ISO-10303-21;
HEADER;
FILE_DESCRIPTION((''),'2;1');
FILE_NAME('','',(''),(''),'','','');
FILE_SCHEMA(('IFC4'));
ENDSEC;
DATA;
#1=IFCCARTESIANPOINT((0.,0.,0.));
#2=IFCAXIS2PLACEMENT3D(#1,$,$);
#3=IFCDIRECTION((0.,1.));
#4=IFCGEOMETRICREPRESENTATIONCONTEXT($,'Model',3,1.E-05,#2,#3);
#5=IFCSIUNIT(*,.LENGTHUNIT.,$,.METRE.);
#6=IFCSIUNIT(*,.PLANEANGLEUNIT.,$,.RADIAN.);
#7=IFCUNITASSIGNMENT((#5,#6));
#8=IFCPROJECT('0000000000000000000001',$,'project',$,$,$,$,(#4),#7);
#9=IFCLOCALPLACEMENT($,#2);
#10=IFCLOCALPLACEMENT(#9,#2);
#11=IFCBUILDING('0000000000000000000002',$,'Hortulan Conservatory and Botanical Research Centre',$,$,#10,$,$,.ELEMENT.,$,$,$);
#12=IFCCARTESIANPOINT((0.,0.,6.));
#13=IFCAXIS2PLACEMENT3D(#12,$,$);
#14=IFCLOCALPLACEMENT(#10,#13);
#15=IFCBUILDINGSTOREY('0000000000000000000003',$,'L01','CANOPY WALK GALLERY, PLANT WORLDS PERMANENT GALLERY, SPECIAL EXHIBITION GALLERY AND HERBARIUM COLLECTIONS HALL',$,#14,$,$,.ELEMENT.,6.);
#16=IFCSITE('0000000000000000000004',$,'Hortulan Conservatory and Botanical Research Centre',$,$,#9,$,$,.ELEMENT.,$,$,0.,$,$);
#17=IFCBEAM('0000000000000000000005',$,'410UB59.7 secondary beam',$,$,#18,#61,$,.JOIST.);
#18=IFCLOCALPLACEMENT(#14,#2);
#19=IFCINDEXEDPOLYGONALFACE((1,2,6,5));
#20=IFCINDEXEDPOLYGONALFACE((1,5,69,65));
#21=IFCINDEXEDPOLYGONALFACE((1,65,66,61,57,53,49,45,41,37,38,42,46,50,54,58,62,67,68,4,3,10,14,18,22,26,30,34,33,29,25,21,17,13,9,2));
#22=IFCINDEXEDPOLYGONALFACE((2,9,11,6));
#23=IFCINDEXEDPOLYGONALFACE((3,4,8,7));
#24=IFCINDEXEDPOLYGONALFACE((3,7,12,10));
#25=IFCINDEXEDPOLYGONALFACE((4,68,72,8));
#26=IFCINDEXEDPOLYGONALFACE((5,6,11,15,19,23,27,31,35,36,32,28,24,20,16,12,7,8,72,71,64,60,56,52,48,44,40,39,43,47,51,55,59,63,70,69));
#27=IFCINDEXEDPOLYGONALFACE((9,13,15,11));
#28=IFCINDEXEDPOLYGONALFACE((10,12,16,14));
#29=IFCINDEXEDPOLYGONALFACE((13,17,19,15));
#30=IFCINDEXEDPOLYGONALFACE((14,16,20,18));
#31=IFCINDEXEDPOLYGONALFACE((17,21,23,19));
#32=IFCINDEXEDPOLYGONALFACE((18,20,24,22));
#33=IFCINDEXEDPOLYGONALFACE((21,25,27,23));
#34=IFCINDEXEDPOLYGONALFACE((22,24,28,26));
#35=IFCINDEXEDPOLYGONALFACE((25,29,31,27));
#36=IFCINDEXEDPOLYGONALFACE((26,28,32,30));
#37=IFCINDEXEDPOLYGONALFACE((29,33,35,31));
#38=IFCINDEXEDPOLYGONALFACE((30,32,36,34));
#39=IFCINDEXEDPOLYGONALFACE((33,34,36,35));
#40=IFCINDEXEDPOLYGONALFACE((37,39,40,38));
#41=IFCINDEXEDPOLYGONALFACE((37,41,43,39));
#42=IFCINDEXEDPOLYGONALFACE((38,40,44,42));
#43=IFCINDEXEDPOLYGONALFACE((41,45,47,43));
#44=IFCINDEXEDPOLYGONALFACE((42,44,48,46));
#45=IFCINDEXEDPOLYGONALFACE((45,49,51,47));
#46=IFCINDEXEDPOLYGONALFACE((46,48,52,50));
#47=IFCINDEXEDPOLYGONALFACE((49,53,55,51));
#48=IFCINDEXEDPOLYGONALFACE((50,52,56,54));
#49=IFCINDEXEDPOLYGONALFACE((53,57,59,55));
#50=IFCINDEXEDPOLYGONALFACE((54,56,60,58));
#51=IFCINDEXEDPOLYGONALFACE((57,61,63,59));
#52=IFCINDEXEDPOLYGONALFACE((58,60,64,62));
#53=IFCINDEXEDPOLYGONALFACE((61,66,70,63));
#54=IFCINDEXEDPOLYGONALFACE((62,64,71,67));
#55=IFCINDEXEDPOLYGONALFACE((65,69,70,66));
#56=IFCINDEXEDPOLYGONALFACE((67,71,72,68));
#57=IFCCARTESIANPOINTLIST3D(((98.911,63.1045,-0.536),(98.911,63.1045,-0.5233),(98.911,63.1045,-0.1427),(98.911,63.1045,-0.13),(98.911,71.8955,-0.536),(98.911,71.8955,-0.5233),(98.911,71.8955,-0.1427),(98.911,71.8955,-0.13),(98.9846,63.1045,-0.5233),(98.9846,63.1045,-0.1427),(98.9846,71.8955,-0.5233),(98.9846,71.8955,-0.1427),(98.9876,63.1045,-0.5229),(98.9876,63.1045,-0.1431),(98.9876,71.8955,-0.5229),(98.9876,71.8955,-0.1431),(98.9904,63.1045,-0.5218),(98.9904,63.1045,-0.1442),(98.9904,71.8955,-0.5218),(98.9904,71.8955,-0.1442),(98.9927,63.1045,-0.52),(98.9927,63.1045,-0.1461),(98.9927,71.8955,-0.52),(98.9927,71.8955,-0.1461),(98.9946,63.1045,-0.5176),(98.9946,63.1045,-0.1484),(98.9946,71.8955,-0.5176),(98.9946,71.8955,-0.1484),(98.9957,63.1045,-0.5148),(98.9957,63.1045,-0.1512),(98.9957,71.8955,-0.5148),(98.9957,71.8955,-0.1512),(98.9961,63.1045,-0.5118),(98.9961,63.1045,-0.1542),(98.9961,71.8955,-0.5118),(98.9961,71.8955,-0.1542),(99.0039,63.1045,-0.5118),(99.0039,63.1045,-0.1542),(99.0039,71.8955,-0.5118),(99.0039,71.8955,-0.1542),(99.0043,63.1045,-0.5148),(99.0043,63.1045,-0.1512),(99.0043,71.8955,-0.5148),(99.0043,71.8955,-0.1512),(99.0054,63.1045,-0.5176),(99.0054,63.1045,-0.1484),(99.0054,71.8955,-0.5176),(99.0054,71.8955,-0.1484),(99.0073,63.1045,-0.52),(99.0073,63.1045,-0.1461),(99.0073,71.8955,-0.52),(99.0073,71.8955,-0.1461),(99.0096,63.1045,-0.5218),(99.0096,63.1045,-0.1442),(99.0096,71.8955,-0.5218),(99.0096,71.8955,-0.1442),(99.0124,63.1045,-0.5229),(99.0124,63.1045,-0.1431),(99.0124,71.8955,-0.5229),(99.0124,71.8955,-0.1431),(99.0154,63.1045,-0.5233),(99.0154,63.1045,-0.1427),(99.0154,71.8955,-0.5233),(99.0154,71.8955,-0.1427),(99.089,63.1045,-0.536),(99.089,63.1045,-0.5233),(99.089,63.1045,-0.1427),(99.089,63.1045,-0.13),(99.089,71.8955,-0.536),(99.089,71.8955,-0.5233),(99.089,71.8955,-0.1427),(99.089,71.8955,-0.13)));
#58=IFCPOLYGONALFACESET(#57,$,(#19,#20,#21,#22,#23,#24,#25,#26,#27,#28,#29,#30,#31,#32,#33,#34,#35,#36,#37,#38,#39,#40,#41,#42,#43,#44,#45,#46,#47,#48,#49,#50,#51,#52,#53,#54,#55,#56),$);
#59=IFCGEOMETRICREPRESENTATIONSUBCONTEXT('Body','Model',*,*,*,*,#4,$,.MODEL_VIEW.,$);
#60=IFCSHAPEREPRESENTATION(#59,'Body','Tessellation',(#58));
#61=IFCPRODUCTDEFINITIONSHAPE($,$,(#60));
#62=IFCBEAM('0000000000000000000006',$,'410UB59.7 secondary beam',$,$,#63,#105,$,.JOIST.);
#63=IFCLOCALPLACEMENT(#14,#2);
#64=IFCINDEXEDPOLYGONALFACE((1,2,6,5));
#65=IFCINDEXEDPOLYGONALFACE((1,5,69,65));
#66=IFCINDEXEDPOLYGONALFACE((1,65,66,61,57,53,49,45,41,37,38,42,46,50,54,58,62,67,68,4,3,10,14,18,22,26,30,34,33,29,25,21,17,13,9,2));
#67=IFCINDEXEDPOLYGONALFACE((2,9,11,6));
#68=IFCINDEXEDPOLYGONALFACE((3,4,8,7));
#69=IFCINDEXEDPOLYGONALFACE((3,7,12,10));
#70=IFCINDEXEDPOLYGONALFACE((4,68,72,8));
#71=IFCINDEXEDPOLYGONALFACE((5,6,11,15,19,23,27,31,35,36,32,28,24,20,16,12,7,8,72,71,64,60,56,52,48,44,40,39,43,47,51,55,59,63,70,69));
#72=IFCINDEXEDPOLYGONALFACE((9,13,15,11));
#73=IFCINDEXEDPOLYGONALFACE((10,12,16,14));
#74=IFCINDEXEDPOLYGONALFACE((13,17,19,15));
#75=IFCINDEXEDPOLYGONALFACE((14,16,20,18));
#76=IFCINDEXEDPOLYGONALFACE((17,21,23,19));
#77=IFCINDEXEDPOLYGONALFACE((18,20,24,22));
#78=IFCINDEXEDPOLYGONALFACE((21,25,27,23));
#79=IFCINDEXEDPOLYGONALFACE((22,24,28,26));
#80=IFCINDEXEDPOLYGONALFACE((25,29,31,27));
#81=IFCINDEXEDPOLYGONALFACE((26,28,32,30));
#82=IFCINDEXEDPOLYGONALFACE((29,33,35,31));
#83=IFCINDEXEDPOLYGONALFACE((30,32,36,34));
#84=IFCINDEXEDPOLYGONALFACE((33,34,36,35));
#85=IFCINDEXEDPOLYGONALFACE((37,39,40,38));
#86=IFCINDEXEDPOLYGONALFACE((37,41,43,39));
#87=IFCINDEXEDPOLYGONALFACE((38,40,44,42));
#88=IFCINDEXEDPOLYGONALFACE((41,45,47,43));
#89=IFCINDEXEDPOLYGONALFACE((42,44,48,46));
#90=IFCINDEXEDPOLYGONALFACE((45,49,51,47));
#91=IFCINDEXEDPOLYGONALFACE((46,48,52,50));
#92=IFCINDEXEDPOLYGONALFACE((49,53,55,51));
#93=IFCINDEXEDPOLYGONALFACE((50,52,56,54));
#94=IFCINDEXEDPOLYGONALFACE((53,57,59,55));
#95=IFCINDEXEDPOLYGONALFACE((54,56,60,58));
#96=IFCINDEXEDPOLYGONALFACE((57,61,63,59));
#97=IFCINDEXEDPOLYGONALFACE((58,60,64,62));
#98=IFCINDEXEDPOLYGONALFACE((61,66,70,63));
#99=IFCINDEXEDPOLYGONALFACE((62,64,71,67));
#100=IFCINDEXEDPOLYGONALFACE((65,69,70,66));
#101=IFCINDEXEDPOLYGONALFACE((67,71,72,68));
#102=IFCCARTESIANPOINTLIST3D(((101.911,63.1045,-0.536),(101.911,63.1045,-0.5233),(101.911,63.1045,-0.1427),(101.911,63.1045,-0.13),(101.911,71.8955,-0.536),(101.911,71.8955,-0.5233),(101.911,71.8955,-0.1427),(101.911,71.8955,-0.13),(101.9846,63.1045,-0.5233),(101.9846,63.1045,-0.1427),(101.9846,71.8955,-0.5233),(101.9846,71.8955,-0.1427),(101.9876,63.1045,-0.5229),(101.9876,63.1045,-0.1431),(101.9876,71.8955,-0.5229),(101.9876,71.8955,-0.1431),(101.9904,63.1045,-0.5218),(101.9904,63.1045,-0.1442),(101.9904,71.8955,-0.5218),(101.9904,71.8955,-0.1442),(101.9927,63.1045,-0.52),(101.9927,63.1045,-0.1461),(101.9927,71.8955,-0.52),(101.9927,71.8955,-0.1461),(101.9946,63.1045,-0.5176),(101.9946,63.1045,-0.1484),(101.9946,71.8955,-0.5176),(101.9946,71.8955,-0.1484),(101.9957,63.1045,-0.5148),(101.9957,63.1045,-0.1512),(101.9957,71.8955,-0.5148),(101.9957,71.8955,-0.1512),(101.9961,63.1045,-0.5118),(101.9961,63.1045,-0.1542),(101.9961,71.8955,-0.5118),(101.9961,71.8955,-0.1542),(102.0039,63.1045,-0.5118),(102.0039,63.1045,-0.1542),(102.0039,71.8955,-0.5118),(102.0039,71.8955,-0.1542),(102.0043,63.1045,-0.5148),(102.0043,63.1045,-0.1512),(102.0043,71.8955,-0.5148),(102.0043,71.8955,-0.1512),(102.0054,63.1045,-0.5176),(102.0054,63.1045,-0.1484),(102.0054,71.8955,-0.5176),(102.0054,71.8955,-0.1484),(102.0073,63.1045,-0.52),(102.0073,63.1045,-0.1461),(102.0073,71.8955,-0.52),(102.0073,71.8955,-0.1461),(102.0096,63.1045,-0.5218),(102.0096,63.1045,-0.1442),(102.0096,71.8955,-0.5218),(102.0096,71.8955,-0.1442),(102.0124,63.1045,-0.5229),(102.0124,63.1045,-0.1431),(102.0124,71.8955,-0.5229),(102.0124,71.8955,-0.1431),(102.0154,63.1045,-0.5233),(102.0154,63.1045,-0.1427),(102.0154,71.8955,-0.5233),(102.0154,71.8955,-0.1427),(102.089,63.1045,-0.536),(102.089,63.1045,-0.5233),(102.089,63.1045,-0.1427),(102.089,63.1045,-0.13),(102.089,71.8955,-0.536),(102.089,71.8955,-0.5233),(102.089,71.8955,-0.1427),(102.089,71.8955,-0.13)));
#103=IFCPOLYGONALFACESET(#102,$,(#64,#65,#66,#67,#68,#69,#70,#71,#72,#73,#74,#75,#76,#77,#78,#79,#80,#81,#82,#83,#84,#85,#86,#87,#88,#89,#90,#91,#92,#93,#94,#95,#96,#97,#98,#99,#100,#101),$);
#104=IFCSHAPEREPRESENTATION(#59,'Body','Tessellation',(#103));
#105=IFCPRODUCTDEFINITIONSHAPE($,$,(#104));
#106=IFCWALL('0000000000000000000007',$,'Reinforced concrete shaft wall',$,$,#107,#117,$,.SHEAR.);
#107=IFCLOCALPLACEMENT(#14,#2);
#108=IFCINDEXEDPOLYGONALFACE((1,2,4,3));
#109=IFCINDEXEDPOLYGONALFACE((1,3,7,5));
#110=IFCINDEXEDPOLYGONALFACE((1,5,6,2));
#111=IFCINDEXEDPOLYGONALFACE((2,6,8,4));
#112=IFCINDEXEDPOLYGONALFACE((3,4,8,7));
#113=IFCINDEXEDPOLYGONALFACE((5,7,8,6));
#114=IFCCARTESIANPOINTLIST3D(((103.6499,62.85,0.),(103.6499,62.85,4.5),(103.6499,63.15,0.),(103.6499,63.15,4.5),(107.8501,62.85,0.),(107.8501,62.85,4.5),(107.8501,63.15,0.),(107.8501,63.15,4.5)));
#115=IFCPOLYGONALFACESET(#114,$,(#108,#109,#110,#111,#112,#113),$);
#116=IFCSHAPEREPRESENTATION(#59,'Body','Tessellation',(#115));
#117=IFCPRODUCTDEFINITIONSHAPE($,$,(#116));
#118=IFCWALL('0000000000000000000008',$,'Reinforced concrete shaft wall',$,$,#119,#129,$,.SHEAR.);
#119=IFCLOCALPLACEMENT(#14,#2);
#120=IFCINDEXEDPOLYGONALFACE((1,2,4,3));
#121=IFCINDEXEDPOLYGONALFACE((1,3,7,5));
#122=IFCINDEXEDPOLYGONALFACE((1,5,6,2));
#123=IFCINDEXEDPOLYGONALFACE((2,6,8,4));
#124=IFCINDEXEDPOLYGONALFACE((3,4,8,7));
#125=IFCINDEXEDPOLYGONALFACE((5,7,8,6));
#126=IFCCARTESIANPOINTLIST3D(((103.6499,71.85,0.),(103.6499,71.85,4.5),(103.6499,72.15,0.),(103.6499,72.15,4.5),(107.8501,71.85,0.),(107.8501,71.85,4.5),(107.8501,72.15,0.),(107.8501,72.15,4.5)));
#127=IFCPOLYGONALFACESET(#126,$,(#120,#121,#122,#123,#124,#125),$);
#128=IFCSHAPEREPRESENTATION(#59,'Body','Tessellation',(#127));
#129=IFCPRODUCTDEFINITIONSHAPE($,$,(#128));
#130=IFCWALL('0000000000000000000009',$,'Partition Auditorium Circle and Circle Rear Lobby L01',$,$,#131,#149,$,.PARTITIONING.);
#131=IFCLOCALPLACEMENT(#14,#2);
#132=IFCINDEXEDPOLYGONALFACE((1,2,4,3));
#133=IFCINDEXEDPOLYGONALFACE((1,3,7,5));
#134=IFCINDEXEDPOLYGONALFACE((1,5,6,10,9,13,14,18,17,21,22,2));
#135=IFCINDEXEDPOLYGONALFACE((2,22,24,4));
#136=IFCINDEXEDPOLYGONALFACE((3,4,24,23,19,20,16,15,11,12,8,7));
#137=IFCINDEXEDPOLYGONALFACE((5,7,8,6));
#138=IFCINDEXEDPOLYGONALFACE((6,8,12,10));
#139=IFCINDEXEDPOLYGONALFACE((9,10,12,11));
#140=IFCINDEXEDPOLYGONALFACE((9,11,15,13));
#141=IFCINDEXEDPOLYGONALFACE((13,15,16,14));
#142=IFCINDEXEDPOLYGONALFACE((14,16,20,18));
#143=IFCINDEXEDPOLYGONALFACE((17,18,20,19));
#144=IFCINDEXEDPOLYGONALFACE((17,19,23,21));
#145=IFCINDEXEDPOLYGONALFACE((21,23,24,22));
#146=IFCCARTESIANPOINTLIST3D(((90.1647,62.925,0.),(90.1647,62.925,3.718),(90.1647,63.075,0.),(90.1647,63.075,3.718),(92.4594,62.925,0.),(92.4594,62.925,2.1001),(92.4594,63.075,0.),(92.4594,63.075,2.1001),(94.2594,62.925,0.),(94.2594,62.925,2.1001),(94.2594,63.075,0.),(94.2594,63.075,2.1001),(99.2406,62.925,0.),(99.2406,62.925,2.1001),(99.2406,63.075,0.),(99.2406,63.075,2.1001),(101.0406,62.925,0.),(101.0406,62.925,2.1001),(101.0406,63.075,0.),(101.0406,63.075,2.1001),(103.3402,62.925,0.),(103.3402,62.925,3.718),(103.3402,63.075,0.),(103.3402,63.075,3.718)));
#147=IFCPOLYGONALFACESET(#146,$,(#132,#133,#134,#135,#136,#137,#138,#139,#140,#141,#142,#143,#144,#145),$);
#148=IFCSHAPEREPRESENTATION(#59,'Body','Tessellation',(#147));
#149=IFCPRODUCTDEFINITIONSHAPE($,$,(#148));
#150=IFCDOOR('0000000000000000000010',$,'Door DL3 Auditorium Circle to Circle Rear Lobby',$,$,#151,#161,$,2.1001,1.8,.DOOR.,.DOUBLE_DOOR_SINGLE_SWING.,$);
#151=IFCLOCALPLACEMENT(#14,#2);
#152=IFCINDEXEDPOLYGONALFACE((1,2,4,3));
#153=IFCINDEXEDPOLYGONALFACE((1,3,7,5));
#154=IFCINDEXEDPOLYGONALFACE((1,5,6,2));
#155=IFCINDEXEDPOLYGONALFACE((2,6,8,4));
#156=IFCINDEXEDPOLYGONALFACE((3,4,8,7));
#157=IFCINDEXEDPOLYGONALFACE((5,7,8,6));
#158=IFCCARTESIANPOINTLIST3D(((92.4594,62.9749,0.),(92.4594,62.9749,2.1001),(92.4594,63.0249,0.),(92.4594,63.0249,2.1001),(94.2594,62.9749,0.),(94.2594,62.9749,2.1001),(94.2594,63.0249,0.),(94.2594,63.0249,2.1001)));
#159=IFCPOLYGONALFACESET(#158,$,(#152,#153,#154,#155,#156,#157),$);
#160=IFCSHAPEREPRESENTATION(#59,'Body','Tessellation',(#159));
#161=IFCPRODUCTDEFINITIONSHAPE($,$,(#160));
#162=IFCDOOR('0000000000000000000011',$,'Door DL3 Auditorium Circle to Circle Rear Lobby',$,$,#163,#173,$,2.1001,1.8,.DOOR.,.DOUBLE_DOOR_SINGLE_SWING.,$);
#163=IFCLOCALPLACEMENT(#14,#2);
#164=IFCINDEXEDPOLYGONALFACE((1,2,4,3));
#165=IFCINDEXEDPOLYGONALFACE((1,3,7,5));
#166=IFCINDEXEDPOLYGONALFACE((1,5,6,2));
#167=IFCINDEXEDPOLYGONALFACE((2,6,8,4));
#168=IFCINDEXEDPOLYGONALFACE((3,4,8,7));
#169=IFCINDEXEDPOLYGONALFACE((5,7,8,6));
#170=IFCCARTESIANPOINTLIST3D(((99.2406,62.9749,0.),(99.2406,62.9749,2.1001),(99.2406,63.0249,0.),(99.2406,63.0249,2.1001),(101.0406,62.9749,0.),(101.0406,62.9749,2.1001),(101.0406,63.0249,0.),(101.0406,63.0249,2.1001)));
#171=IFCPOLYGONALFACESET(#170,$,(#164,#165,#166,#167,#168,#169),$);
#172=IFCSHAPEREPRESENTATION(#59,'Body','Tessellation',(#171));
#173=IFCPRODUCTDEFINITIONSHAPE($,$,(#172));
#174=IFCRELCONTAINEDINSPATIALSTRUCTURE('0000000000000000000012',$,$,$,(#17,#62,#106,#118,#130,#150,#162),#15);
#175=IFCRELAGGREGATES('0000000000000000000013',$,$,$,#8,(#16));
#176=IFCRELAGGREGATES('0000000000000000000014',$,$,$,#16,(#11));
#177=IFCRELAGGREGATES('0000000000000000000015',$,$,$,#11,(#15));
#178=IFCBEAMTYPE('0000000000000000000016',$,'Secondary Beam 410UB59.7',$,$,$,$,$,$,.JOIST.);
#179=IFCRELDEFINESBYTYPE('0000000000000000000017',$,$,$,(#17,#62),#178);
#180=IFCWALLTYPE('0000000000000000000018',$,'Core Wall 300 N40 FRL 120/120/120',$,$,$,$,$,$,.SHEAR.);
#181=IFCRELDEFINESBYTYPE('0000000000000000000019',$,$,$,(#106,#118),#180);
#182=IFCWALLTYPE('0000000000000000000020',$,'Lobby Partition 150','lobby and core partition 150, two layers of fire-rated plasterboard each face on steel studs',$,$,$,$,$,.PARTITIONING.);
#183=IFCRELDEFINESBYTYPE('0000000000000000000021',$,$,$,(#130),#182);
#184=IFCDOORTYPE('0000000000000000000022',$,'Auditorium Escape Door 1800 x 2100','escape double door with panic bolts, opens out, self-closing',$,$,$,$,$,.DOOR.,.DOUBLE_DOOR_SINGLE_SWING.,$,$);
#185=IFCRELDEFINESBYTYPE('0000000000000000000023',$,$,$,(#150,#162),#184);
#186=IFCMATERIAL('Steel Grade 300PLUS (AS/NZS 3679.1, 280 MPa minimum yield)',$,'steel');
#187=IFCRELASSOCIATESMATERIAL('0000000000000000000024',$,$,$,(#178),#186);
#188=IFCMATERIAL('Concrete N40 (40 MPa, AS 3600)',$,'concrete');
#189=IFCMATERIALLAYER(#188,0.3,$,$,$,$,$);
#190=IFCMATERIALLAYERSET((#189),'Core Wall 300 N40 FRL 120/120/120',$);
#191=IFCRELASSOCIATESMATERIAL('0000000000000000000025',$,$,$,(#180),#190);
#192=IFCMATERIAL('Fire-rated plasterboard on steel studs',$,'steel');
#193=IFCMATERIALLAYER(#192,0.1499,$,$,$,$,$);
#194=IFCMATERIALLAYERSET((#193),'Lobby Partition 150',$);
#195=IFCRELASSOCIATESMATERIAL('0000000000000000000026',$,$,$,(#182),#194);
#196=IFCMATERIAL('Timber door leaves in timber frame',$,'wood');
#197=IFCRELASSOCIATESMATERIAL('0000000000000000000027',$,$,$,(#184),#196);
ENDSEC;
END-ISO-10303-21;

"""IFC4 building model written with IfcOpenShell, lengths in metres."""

from ifc_helpers import new_model, si_unit, direction, frame, frame_2d, origin, origin_2d, place, context, subcontext, project, spatial, rectangle, i_section, extrude, material, layer, layer_set, material_profile, profile_set, type_object, element, fill, save


model = new_model("IFC4")

# Units and contexts
model_context = context("Model", 3, precision=1e-05, world=origin(), true_north=direction((0.0, 1.0)))
body_context = subcontext(model_context, "Body", "Model", "MODEL_VIEW")
ifc_project = project(units=[si_unit("LENGTHUNIT", "METRE"), si_unit("PLANEANGLEUNIT", "RADIAN")], contexts=[model_context])

# Site, building, storey
site_placement = place(None, origin())
site = spatial("IfcSite", under=ifc_project, at=site_placement, Name="Hortulan Conservatory and Botanical Research Centre", CompositionType="ELEMENT", RefElevation=0.0)
building_placement = place(site_placement, origin())
building = spatial("IfcBuilding", under=site, at=building_placement, Name="Hortulan Conservatory and Botanical Research Centre", CompositionType="ELEMENT")
storey_placement = place(building_placement, frame((0.0, 0.0, 6.0)))
storey = spatial("IfcBuildingStorey", under=building, at=storey_placement, Name="L01", Description="CANOPY WALK GALLERY, PLANT WORLDS PERMANENT GALLERY, SPECIAL EXHIBITION GALLERY AND HERBARIUM COLLECTIONS HALL", CompositionType="ELEMENT", Elevation=6.0)

# Beams
ifc_material_1 = material(Name="Steel Grade 300PLUS (AS/NZS 3679.1, 280 MPa minimum yield)", Category="steel")
ifc_material_profile_1 = material_profile(ifc_material_1, i_section(OverallWidth=0.178, OverallDepth=0.406, WebThickness=0.0078, FlangeThickness=0.0127, FilletRadius=0.0115, at=origin_2d()), Name="410UB59.7")
ifc_profile_set_1 = profile_set([ifc_material_profile_1], Name="Steel Grade 300PLUS (AS/NZS 3679.1, 280 MPa minimum yield)")
beam_type_1 = type_object("IfcBeamType", Name="Secondary Beam 410UB59.7", PredefinedType="JOIST", material=ifc_profile_set_1)
for number, where, z_axis, x_axis, name in (
    (1, (99.0, 63.1045, -0.333), (0.0, 1.0, 0.0), (-1.0, 0.0, 0.0), "410UB59.7 secondary beam"),
    (2, (102.0, 63.1045, -0.333), (0.0, 1.0, 0.0), (-1.0, 0.0, 0.0), "410UB59.7 secondary beam"),
):
    element("IfcBeam", number, at=place(storey_placement, frame(where, z_axis=z_axis, x_axis=x_axis)), inside=storey, type_object=beam_type_1, Name=name, PredefinedType="JOIST", context=body_context, shape_type="SweptSolid", body=[
        extrude(i_section(OverallWidth=0.178, OverallDepth=0.406, WebThickness=0.0078, FlangeThickness=0.0127, FilletRadius=0.0115, at=origin_2d()), origin(), (0.0, 0.0, 1.0), 8.791),
    ])

# Walls
ifc_material_2 = material(Name="Concrete N40 (40 MPa, AS 3600)", Category="concrete")
ifc_layer_1 = layer(ifc_material_2, 0.3)
ifc_layer_set_1 = layer_set([ifc_layer_1], Name="Core Wall 300 N40 FRL 120/120/120")
wall_type_1 = type_object("IfcWallType", Name="Core Wall 300 N40 FRL 120/120/120", PredefinedType="SHEAR", material=ifc_layer_set_1)
for number, where, z_axis, x_axis, name in (
    (3, (103.6499, 63.0, 0.0), (0.0, 0.0, 1.0), (1.0, 0.0, 0.0), "Reinforced concrete shaft wall"),
    (4, (103.6499, 72.0, 0.0), (0.0, 0.0, 1.0), (1.0, 0.0, 0.0), "Reinforced concrete shaft wall"),
):
    element("IfcWall", number, at=place(storey_placement, frame(where, z_axis=z_axis, x_axis=x_axis)), inside=storey, type_object=wall_type_1, Name=name, PredefinedType="SHEAR", context=body_context, shape_type="SweptSolid", body=[
        extrude(rectangle(XDim=4.2002, YDim=0.3, at=frame_2d((2.1001, 0.0))), origin(), (0.0, 0.0, 1.0), 4.5),
    ])

# Wall, openings, doors
ifc_material_3 = material(Name="Fire-rated plasterboard on steel studs", Category="steel")
ifc_layer_2 = layer(ifc_material_3, 0.1499)
ifc_layer_set_2 = layer_set([ifc_layer_2], Name="Lobby Partition 150")
wall_type_2 = type_object("IfcWallType", Name="Lobby Partition 150", Description="lobby and core partition 150, two layers of fire-rated plasterboard each face on steel studs", PredefinedType="PARTITIONING", material=ifc_layer_set_2)
wall_1_placement = place(storey_placement, frame((90.1646, 63.0, 0.0), z_axis=(0.0, 0.0, 1.0), x_axis=(1.0, 0.0, 0.0)))
wall_1 = element("IfcWall", 5, at=wall_1_placement, inside=storey, type_object=wall_type_2, Name="Partition Auditorium Circle and Circle Rear Lobby L01", PredefinedType="PARTITIONING", context=body_context, shape_type="SweptSolid", body=[
    extrude(rectangle(XDim=13.1755, YDim=0.1499, at=frame_2d((6.5879, 0.0))), origin(), (0.0, 0.0, 1.0), 3.718),
])
opening_1_placement = place(wall_1_placement, frame((2.2949, 0.0, 0.0)))
opening_1 = element("IfcOpeningElement", 6, at=opening_1_placement, cuts=wall_1, PredefinedType="OPENING", context=body_context, shape_type="SweptSolid", body=[
    extrude(rectangle(XDim=1.8, YDim=2.1001, at=frame_2d((0.8999, 1.05))), frame((0.0, 0.085, 0.0), z_axis=(0.0, -1.0, 0.0), x_axis=(1.0, 0.0, 0.0)), (0.0, 0.0, 1.0), 0.1699),
])
opening_2_placement = place(wall_1_placement, frame((9.0762, 0.0, 0.0)))
opening_2 = element("IfcOpeningElement", 7, at=opening_2_placement, cuts=wall_1, PredefinedType="OPENING", context=body_context, shape_type="SweptSolid", body=[
    extrude(rectangle(XDim=1.8, YDim=2.1001, at=frame_2d((0.8999, 1.05))), frame((0.0, 0.085, 0.0), z_axis=(0.0, -1.0, 0.0), x_axis=(1.0, 0.0, 0.0)), (0.0, 0.0, 1.0), 0.1699),
])
ifc_material_4 = material(Name="Timber door leaves in timber frame", Category="wood")
door_type_1 = type_object("IfcDoorType", Name="Auditorium Escape Door 1800 x 2100", Description="escape double door with panic bolts, opens out, self-closing", OperationType="DOUBLE_DOOR_SINGLE_SWING", PredefinedType="DOOR", material=ifc_material_4)
door_1_placement = place(opening_1_placement, origin())
door_1 = element("IfcDoor", 8, at=door_1_placement, inside=storey, type_object=door_type_1, Name="Door DL3 Auditorium Circle to Circle Rear Lobby", OperationType="DOUBLE_DOOR_SINGLE_SWING", OverallHeight=2.1001, OverallWidth=1.8, PredefinedType="DOOR", context=body_context, shape_type="SweptSolid", body=[
    extrude(rectangle(XDim=1.8, YDim=2.1001, at=frame_2d((0.8999, 1.05))), frame((0.0, 0.0249, 0.0), z_axis=(0.0, -1.0, 0.0), x_axis=(1.0, 0.0, 0.0)), (0.0, 0.0, 1.0), 0.05),
])
fill(opening_1, door_1)
door_2_placement = place(opening_2_placement, origin())
door_2 = element("IfcDoor", 9, at=door_2_placement, inside=storey, type_object=door_type_1, Name="Door DL3 Auditorium Circle to Circle Rear Lobby", OperationType="DOUBLE_DOOR_SINGLE_SWING", OverallHeight=2.1001, OverallWidth=1.8, PredefinedType="DOOR", context=body_context, shape_type="SweptSolid", body=[
    extrude(rectangle(XDim=1.8, YDim=2.1001, at=frame_2d((0.8999, 1.05))), frame((0.0, 0.0249, 0.0), z_axis=(0.0, -1.0, 0.0), x_axis=(1.0, 0.0, 0.0)), (0.0, 0.0, 1.0), 0.05),
])
fill(opening_2, door_2)

save(model, "model.ifc")
